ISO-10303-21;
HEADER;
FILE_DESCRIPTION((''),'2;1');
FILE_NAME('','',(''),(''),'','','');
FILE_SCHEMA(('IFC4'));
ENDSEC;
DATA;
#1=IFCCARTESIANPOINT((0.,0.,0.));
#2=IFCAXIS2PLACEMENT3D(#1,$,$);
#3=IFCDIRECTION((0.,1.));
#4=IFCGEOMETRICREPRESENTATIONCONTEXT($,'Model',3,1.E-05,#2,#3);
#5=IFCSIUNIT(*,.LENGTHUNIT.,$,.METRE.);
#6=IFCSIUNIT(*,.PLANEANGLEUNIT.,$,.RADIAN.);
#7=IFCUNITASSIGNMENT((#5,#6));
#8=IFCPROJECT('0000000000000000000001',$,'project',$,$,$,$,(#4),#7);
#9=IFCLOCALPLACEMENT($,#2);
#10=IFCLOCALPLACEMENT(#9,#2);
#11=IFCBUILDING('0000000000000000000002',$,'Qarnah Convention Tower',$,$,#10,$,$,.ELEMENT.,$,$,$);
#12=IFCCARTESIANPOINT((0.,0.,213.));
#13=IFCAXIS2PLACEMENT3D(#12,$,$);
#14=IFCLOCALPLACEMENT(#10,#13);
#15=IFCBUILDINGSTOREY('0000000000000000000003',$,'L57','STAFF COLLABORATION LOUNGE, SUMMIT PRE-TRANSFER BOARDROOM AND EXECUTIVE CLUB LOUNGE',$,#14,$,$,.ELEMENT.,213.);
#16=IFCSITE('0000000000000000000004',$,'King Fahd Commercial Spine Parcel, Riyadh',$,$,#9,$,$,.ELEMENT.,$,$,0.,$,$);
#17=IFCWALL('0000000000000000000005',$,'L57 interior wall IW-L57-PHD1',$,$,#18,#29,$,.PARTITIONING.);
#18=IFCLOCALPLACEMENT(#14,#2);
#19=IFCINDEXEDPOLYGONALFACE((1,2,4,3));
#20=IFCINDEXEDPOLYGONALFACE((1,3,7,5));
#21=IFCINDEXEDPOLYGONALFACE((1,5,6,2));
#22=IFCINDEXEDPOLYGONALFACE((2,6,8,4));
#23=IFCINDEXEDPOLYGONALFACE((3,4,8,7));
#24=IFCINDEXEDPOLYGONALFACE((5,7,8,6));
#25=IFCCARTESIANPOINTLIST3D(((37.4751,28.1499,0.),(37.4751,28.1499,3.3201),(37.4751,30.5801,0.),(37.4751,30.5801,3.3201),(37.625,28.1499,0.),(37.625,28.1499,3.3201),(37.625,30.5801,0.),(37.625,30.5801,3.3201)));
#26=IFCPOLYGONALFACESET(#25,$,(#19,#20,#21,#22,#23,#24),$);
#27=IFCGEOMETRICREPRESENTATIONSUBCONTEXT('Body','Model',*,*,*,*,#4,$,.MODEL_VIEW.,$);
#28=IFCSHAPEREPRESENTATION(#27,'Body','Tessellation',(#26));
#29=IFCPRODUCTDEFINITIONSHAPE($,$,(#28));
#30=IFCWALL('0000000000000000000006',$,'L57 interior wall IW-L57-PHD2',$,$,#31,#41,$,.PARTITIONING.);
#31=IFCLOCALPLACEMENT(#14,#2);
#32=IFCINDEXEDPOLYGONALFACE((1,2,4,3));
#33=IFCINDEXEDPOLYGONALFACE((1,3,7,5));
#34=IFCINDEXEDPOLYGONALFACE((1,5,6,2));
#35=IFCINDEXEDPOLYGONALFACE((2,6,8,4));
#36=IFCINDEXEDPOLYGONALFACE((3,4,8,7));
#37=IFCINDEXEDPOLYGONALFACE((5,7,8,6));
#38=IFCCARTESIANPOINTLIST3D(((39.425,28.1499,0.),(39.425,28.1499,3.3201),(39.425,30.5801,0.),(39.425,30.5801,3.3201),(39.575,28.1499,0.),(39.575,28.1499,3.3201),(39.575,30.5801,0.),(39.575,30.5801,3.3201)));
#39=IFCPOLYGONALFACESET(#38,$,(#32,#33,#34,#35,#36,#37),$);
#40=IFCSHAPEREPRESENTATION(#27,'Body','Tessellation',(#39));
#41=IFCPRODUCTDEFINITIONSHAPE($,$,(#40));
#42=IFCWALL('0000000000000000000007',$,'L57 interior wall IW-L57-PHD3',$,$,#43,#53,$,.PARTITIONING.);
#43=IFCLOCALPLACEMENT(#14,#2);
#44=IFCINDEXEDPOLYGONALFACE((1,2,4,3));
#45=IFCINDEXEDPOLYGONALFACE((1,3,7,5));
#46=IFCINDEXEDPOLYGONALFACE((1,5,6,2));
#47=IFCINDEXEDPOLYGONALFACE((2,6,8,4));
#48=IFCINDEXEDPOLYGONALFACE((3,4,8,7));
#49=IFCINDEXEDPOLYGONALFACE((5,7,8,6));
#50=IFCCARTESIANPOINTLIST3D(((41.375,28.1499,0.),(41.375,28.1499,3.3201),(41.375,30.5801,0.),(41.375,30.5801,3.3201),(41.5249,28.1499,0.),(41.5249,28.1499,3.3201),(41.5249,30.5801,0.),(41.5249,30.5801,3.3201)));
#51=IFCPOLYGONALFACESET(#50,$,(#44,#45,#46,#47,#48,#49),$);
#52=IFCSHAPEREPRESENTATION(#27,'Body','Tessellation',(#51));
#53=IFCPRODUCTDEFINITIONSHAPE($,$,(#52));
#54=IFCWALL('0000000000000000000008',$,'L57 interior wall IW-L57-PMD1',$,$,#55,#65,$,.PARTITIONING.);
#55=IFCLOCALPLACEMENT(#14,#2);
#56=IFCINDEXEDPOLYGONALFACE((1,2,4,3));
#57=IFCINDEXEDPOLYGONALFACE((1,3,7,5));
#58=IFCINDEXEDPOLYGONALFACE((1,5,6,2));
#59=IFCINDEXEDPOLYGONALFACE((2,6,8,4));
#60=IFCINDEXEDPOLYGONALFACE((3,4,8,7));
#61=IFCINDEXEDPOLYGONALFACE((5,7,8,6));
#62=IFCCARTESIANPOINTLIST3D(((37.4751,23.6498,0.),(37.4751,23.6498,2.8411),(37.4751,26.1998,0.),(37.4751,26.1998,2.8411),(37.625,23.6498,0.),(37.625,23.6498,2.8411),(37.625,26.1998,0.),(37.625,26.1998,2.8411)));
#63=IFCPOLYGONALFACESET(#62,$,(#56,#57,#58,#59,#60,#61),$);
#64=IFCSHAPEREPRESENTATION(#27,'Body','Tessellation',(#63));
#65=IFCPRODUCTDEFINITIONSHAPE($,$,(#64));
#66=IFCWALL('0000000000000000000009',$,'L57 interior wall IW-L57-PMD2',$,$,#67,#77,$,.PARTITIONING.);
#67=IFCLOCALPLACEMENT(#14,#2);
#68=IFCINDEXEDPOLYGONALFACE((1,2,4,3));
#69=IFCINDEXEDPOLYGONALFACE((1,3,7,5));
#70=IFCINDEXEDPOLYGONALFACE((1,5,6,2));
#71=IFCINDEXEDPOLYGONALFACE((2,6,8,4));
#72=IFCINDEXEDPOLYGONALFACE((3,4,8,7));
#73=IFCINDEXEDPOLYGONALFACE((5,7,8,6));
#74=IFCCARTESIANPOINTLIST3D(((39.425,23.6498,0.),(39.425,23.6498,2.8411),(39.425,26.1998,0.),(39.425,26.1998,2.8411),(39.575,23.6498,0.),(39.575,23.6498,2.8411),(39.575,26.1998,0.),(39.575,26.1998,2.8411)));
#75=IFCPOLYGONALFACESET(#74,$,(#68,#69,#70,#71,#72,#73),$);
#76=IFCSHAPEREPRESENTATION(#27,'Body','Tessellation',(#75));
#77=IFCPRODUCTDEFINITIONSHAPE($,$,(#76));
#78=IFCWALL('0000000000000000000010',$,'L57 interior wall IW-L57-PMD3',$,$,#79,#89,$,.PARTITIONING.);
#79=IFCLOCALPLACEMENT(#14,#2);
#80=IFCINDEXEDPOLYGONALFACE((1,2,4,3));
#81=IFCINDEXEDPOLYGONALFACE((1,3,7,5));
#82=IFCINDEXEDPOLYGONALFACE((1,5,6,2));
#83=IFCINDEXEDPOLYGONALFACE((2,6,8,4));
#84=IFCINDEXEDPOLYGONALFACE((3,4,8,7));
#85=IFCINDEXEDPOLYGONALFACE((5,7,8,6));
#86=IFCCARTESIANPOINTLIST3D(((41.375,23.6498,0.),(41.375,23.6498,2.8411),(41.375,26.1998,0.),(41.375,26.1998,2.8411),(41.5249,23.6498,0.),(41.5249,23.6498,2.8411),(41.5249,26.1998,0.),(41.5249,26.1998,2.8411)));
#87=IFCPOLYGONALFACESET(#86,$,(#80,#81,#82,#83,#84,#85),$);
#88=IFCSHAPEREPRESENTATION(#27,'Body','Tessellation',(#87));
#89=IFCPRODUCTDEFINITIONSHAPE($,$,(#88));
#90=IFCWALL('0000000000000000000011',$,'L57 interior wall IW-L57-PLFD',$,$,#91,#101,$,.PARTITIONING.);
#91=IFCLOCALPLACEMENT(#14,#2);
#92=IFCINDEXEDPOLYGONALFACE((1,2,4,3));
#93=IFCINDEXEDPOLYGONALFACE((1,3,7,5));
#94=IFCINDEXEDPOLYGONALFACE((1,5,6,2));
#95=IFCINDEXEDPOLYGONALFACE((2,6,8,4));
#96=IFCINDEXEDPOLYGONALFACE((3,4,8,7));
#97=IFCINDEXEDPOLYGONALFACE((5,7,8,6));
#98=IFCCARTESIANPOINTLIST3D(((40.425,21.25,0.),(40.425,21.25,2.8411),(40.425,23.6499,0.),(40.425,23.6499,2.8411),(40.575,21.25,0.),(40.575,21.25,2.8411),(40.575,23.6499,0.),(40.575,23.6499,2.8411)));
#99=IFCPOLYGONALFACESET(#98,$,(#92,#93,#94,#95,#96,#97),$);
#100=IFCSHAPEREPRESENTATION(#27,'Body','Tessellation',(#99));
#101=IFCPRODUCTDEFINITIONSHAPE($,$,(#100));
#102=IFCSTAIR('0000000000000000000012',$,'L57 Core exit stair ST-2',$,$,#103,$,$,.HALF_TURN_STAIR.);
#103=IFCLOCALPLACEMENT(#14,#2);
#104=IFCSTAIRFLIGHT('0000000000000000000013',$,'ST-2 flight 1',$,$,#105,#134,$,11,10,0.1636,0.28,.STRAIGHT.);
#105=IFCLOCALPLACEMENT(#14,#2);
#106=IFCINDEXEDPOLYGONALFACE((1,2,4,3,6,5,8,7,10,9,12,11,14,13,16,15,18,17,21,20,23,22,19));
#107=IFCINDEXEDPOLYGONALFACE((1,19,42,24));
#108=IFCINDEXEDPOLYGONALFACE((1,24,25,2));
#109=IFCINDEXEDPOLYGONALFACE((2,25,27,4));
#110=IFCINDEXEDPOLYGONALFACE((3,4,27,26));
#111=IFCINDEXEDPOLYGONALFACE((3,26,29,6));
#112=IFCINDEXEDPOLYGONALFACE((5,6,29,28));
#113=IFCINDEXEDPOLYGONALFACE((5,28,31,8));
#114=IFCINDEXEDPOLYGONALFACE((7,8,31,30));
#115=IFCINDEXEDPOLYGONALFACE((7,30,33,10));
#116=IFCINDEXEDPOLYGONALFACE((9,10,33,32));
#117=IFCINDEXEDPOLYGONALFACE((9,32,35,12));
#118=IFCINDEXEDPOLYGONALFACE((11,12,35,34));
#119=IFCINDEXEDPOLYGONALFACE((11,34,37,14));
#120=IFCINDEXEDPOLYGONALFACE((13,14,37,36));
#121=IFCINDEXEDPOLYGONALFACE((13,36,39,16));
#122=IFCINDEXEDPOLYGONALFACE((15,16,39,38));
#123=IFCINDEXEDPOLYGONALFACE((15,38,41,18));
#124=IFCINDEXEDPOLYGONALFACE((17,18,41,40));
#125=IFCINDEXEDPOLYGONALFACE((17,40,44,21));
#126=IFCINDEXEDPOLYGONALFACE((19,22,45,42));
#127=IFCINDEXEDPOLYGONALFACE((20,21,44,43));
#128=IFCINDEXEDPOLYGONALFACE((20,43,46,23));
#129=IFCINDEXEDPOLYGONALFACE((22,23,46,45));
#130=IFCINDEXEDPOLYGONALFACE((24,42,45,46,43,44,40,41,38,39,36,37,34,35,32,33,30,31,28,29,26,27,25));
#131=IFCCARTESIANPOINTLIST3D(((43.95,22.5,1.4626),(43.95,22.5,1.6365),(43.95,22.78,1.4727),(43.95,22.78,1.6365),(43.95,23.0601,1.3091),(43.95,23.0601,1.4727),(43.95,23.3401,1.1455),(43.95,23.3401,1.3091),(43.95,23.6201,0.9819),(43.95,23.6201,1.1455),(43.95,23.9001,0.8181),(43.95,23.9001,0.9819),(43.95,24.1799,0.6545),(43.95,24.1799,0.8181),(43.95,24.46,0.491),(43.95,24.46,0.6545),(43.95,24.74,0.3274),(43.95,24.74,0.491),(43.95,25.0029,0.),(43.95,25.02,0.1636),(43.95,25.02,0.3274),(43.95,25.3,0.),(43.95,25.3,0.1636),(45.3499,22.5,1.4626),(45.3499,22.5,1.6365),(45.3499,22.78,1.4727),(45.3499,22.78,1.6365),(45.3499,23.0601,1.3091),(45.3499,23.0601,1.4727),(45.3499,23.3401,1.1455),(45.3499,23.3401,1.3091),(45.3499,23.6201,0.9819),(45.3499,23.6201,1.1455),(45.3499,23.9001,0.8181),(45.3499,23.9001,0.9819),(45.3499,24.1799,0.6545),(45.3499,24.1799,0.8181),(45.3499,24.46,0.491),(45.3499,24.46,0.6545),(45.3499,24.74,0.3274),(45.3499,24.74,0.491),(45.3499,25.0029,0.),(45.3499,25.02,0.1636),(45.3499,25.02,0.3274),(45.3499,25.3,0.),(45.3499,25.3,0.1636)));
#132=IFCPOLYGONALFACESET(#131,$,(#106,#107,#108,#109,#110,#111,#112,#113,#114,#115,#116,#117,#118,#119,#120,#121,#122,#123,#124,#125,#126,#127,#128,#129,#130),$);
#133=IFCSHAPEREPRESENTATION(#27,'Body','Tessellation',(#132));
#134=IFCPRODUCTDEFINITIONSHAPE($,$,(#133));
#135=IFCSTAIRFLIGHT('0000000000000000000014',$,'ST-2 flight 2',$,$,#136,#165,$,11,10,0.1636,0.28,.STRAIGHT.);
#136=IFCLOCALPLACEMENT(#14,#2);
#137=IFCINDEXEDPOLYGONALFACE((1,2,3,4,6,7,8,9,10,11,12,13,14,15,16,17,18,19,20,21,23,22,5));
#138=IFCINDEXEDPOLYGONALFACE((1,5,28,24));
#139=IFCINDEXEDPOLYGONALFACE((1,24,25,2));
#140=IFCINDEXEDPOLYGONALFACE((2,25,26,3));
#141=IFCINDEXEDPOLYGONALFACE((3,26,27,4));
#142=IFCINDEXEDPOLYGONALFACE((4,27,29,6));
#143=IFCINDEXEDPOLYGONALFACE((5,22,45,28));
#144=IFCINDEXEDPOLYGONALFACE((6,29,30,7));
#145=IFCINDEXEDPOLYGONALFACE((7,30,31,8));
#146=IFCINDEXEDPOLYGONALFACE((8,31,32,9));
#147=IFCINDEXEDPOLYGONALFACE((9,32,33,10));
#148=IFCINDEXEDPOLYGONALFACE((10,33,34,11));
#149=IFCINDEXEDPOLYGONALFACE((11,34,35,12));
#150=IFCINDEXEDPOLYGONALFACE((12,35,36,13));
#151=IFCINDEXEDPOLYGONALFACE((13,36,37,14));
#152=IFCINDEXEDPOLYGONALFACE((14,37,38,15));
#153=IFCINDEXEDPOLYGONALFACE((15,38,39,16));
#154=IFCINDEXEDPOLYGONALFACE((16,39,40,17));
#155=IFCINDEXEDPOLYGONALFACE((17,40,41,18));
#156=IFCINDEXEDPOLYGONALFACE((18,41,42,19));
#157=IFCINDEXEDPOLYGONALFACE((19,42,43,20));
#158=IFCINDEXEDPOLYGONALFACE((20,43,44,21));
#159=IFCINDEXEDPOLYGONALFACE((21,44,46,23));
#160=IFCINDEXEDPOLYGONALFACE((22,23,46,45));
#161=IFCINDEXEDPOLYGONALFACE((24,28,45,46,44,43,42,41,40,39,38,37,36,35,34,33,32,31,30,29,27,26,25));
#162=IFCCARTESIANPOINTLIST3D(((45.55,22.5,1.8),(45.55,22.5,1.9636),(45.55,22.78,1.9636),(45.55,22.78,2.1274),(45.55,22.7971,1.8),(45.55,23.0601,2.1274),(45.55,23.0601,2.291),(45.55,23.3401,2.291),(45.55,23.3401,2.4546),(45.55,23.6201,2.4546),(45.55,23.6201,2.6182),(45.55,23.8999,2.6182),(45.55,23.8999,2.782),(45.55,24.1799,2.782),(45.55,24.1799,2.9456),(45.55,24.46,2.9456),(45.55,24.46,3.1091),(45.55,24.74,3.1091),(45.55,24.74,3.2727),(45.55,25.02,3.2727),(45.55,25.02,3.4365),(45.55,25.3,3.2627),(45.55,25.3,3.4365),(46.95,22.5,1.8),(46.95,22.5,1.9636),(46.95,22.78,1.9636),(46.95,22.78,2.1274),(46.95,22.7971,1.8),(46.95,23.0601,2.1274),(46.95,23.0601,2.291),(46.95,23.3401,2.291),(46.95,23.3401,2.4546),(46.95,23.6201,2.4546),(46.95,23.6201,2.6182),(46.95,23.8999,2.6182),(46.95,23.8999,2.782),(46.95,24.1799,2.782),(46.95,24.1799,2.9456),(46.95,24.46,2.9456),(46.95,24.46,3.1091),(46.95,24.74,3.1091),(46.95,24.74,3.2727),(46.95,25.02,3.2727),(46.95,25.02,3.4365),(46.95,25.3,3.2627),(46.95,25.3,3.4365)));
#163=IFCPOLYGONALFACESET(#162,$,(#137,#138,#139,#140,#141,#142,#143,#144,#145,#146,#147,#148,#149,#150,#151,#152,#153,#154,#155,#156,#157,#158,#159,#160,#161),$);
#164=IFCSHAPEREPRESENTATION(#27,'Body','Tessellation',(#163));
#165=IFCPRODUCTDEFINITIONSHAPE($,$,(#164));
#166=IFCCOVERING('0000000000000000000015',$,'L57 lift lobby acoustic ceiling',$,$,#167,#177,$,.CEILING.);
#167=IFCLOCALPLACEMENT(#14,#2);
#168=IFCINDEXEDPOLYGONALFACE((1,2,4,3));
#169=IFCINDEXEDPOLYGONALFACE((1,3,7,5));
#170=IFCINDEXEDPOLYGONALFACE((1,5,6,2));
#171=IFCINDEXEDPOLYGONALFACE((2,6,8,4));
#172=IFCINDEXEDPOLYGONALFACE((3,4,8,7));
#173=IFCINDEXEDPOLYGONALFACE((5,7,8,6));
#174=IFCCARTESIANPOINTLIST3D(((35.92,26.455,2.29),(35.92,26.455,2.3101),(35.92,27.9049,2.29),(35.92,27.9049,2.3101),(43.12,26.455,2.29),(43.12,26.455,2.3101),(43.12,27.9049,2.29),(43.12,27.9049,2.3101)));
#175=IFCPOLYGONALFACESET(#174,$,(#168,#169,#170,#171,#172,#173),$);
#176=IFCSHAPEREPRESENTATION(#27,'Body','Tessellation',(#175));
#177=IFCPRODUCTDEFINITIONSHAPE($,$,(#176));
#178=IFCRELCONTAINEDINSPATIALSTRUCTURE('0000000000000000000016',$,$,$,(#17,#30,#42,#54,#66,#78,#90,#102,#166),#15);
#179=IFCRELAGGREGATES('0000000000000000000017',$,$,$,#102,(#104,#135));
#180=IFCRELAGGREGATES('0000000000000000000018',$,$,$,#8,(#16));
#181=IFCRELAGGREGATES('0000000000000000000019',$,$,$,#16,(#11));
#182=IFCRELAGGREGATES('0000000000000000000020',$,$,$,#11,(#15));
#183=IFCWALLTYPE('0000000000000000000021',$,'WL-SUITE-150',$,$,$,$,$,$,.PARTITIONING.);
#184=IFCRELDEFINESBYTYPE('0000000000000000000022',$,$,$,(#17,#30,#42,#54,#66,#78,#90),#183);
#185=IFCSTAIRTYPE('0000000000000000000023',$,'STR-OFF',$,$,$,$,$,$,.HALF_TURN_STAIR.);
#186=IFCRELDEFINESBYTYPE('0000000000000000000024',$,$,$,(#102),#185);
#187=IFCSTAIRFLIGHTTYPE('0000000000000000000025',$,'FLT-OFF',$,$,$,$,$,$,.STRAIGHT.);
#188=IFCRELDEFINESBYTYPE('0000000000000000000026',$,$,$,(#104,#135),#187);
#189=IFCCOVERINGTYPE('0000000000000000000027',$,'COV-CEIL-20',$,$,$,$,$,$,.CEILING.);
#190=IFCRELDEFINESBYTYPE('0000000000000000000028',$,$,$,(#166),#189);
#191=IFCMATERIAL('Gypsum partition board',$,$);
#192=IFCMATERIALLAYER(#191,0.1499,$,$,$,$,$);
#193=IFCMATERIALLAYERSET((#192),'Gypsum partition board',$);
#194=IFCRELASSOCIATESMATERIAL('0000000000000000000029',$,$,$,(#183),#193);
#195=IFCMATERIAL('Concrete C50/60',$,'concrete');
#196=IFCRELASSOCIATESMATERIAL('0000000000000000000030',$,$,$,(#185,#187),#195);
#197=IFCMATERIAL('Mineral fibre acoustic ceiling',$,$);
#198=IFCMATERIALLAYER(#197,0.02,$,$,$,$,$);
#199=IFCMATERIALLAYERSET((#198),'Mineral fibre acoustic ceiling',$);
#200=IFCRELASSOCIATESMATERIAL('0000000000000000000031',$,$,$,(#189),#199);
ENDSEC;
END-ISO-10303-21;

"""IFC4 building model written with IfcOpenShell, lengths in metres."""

from ifc_helpers import new_model, si_unit, direction, frame, frame_2d, origin, origin_2d, place, context, subcontext, project, spatial, polyline, rectangle, outline, extrude, material, layer, layer_set, type_object, element, aggregate, save


model = new_model("IFC4")

# Units and contexts
model_context = context("Model", 3, precision=1e-05, world=origin(), true_north=direction((0.0, 1.0)))
body_context = subcontext(model_context, "Body", "Model", "MODEL_VIEW")
ifc_project = project(units=[si_unit("LENGTHUNIT", "METRE"), si_unit("PLANEANGLEUNIT", "RADIAN")], contexts=[model_context])

# Site, building, storey
site_placement = place(None, origin())
site = spatial("IfcSite", under=ifc_project, at=site_placement, Name="King Fahd Commercial Spine Parcel, Riyadh", CompositionType="ELEMENT", RefElevation=0.0)
building_placement = place(site_placement, origin())
building = spatial("IfcBuilding", under=site, at=building_placement, Name="Qarnah Convention Tower", CompositionType="ELEMENT")
storey_placement = place(building_placement, frame((0.0, 0.0, 213.0)))
storey = spatial("IfcBuildingStorey", under=building, at=storey_placement, Name="L57", Description="STAFF COLLABORATION LOUNGE, SUMMIT PRE-TRANSFER BOARDROOM AND EXECUTIVE CLUB LOUNGE", CompositionType="ELEMENT", Elevation=213.0)

# Shared definitions
ifc_material_1 = material(Name="Concrete C50/60", Category="concrete")

# Walls
ifc_material_2 = material(Name="Gypsum partition board")
ifc_layer_1 = layer(ifc_material_2, 0.1499)
ifc_layer_set_1 = layer_set([ifc_layer_1], Name="Gypsum partition board")
wall_type_1 = type_object("IfcWallType", Name="WL-SUITE-150", PredefinedType="PARTITIONING", material=ifc_layer_set_1)
for number, where, z_axis, x_axis, name in (
    (1, (37.55, 28.1499, 0.0), (0.0, 0.0, 1.0), (0.0, 1.0, 0.0), "L57 interior wall IW-L57-PHD1"),
    (2, (39.5, 28.1499, 0.0), (0.0, 0.0, 1.0), (0.0, 1.0, 0.0), "L57 interior wall IW-L57-PHD2"),
    (3, (41.45, 28.1499, 0.0), (0.0, 0.0, 1.0), (0.0, 1.0, 0.0), "L57 interior wall IW-L57-PHD3"),
):
    element("IfcWall", number, at=place(storey_placement, frame(where, z_axis=z_axis, x_axis=x_axis)), inside=storey, type_object=wall_type_1, Name=name, PredefinedType="PARTITIONING", context=body_context, shape_type="SweptSolid", body=[
        extrude(rectangle(XDim=2.4302, YDim=0.1499, at=frame_2d((1.2151, 0.0))), origin(), (0.0, 0.0, 1.0), 3.3201),
    ])
for number, where, z_axis, x_axis, name in (
    (4, (37.55, 23.6499, 0.0), (0.0, 0.0, 1.0), (0.0, 1.0, 0.0), "L57 interior wall IW-L57-PMD1"),
    (5, (39.5, 23.6499, 0.0), (0.0, 0.0, 1.0), (0.0, 1.0, 0.0), "L57 interior wall IW-L57-PMD2"),
    (6, (41.45, 23.6499, 0.0), (0.0, 0.0, 1.0), (0.0, 1.0, 0.0), "L57 interior wall IW-L57-PMD3"),
):
    element("IfcWall", number, at=place(storey_placement, frame(where, z_axis=z_axis, x_axis=x_axis)), inside=storey, type_object=wall_type_1, Name=name, PredefinedType="PARTITIONING", context=body_context, shape_type="SweptSolid", body=[
        extrude(rectangle(XDim=2.55, YDim=0.1499, at=frame_2d((1.2749, 0.0))), origin(), (0.0, 0.0, 1.0), 2.8411),
    ])
wall_1_placement = place(storey_placement, frame((40.5, 21.25, 0.0), z_axis=(0.0, 0.0, 1.0), x_axis=(0.0, 1.0, 0.0)))
element("IfcWall", 7, at=wall_1_placement, inside=storey, type_object=wall_type_1, Name="L57 interior wall IW-L57-PLFD", PredefinedType="PARTITIONING", context=body_context, shape_type="SweptSolid", body=[
    extrude(rectangle(XDim=2.3999, YDim=0.1499, at=frame_2d((1.2, 0.0))), origin(), (0.0, 0.0, 1.0), 2.8411),
])

# Stair, stair flights
stair_type = type_object("IfcStairType", Name="STR-OFF", PredefinedType="HALF_TURN_STAIR", material=ifc_material_1)
stair_placement = place(storey_placement, origin())
stair = element("IfcStair", 8, at=stair_placement, inside=storey, type_object=stair_type, Name="L57 Core exit stair ST-2", PredefinedType="HALF_TURN_STAIR")
stair_flight_type = type_object("IfcStairFlightType", Name="FLT-OFF", PredefinedType="STRAIGHT", material=ifc_material_1)
stair_flight_1_placement = place(storey_placement, frame((44.6499, 25.3, 0.0), z_axis=(0.0, 0.0, 1.0), x_axis=(0.0, -1.0, 0.0)))
stair_flight_1 = element("IfcStairFlight", 9, at=stair_flight_1_placement, type_object=stair_flight_type, Name="ST-2 flight 1", NumberOfRisers=11, NumberOfTreads=10, PredefinedType="STRAIGHT", RiserHeight=0.1636, TreadLength=0.28, context=body_context, shape_type="SweptSolid", body=[
    extrude(outline(polyline([(0.0, 0.0), (0.0, 0.1636), (0.28, 0.1636), (0.28, 0.3274), (0.5601, 0.3274), (0.5601, 0.491), (0.8401, 0.491), (0.8401, 0.6545), (1.1201, 0.6545), (1.1201, 0.8181), (1.3999, 0.8181), (1.3999, 0.9819), (1.6799, 0.9819), (1.6799, 1.1455), (1.96, 1.1455), (1.96, 1.3091), (2.24, 1.3091), (2.24, 1.4727), (2.52, 1.4727), (2.52, 1.6365), (2.8, 1.6365), (2.8, 1.8), (2.8, 1.4626), (0.2971, 0.0), (0.0, 0.0)])), frame((0.0, 0.7, 0.0), z_axis=(0.0, -1.0, 0.0), x_axis=(1.0, 0.0, 0.0)), (0.0, 0.0, 1.0), 1.3999),
])
stair_flight_2_placement = place(storey_placement, frame((46.25, 22.5, 1.8), z_axis=(0.0, 0.0, 1.0), x_axis=(0.0, 1.0, 0.0)))
stair_flight_2 = element("IfcStairFlight", 10, at=stair_flight_2_placement, type_object=stair_flight_type, Name="ST-2 flight 2", NumberOfRisers=11, NumberOfTreads=10, PredefinedType="STRAIGHT", RiserHeight=0.1636, TreadLength=0.28, context=body_context, shape_type="SweptSolid", body=[
    extrude(outline(polyline([(0.0, 0.0), (0.0, 0.1636), (0.28, 0.1636), (0.28, 0.3274), (0.5601, 0.3274), (0.5601, 0.491), (0.8401, 0.491), (0.8401, 0.6545), (1.1201, 0.6545), (1.1201, 0.8181), (1.3999, 0.8181), (1.3999, 0.9819), (1.6799, 0.9819), (1.6799, 1.1455), (1.96, 1.1455), (1.96, 1.3091), (2.24, 1.3091), (2.24, 1.4727), (2.52, 1.4727), (2.52, 1.6365), (2.8, 1.6365), (2.8, 1.8), (2.8, 1.4626), (0.2971, 0.0), (0.0, 0.0)])), frame((0.0, 0.7, 0.0), z_axis=(0.0, -1.0, 0.0), x_axis=(1.0, 0.0, 0.0)), (0.0, 0.0, 1.0), 1.3999),
])
aggregate(stair, [stair_flight_1, stair_flight_2])

# Covering
ifc_material_3 = material(Name="Mineral fibre acoustic ceiling")
ifc_layer_2 = layer(ifc_material_3, 0.02)
ifc_layer_set_2 = layer_set([ifc_layer_2], Name="Mineral fibre acoustic ceiling")
covering_type = type_object("IfcCoveringType", Name="COV-CEIL-20", PredefinedType="CEILING", material=ifc_layer_set_2)
covering_placement = place(storey_placement, frame((39.52, 27.1799, 2.29), z_axis=(0.0, 0.0, 1.0), x_axis=(1.0, 0.0, 0.0)))
element("IfcCovering", 11, at=covering_placement, inside=storey, type_object=covering_type, Name="L57 lift lobby acoustic ceiling", PredefinedType="CEILING", context=body_context, shape_type="SweptSolid", body=[
    extrude(rectangle(XDim=7.2, YDim=1.45, at=origin_2d()), origin(), (0.0, 0.0, 1.0), 0.02),
])

save(model, "model.ifc")
